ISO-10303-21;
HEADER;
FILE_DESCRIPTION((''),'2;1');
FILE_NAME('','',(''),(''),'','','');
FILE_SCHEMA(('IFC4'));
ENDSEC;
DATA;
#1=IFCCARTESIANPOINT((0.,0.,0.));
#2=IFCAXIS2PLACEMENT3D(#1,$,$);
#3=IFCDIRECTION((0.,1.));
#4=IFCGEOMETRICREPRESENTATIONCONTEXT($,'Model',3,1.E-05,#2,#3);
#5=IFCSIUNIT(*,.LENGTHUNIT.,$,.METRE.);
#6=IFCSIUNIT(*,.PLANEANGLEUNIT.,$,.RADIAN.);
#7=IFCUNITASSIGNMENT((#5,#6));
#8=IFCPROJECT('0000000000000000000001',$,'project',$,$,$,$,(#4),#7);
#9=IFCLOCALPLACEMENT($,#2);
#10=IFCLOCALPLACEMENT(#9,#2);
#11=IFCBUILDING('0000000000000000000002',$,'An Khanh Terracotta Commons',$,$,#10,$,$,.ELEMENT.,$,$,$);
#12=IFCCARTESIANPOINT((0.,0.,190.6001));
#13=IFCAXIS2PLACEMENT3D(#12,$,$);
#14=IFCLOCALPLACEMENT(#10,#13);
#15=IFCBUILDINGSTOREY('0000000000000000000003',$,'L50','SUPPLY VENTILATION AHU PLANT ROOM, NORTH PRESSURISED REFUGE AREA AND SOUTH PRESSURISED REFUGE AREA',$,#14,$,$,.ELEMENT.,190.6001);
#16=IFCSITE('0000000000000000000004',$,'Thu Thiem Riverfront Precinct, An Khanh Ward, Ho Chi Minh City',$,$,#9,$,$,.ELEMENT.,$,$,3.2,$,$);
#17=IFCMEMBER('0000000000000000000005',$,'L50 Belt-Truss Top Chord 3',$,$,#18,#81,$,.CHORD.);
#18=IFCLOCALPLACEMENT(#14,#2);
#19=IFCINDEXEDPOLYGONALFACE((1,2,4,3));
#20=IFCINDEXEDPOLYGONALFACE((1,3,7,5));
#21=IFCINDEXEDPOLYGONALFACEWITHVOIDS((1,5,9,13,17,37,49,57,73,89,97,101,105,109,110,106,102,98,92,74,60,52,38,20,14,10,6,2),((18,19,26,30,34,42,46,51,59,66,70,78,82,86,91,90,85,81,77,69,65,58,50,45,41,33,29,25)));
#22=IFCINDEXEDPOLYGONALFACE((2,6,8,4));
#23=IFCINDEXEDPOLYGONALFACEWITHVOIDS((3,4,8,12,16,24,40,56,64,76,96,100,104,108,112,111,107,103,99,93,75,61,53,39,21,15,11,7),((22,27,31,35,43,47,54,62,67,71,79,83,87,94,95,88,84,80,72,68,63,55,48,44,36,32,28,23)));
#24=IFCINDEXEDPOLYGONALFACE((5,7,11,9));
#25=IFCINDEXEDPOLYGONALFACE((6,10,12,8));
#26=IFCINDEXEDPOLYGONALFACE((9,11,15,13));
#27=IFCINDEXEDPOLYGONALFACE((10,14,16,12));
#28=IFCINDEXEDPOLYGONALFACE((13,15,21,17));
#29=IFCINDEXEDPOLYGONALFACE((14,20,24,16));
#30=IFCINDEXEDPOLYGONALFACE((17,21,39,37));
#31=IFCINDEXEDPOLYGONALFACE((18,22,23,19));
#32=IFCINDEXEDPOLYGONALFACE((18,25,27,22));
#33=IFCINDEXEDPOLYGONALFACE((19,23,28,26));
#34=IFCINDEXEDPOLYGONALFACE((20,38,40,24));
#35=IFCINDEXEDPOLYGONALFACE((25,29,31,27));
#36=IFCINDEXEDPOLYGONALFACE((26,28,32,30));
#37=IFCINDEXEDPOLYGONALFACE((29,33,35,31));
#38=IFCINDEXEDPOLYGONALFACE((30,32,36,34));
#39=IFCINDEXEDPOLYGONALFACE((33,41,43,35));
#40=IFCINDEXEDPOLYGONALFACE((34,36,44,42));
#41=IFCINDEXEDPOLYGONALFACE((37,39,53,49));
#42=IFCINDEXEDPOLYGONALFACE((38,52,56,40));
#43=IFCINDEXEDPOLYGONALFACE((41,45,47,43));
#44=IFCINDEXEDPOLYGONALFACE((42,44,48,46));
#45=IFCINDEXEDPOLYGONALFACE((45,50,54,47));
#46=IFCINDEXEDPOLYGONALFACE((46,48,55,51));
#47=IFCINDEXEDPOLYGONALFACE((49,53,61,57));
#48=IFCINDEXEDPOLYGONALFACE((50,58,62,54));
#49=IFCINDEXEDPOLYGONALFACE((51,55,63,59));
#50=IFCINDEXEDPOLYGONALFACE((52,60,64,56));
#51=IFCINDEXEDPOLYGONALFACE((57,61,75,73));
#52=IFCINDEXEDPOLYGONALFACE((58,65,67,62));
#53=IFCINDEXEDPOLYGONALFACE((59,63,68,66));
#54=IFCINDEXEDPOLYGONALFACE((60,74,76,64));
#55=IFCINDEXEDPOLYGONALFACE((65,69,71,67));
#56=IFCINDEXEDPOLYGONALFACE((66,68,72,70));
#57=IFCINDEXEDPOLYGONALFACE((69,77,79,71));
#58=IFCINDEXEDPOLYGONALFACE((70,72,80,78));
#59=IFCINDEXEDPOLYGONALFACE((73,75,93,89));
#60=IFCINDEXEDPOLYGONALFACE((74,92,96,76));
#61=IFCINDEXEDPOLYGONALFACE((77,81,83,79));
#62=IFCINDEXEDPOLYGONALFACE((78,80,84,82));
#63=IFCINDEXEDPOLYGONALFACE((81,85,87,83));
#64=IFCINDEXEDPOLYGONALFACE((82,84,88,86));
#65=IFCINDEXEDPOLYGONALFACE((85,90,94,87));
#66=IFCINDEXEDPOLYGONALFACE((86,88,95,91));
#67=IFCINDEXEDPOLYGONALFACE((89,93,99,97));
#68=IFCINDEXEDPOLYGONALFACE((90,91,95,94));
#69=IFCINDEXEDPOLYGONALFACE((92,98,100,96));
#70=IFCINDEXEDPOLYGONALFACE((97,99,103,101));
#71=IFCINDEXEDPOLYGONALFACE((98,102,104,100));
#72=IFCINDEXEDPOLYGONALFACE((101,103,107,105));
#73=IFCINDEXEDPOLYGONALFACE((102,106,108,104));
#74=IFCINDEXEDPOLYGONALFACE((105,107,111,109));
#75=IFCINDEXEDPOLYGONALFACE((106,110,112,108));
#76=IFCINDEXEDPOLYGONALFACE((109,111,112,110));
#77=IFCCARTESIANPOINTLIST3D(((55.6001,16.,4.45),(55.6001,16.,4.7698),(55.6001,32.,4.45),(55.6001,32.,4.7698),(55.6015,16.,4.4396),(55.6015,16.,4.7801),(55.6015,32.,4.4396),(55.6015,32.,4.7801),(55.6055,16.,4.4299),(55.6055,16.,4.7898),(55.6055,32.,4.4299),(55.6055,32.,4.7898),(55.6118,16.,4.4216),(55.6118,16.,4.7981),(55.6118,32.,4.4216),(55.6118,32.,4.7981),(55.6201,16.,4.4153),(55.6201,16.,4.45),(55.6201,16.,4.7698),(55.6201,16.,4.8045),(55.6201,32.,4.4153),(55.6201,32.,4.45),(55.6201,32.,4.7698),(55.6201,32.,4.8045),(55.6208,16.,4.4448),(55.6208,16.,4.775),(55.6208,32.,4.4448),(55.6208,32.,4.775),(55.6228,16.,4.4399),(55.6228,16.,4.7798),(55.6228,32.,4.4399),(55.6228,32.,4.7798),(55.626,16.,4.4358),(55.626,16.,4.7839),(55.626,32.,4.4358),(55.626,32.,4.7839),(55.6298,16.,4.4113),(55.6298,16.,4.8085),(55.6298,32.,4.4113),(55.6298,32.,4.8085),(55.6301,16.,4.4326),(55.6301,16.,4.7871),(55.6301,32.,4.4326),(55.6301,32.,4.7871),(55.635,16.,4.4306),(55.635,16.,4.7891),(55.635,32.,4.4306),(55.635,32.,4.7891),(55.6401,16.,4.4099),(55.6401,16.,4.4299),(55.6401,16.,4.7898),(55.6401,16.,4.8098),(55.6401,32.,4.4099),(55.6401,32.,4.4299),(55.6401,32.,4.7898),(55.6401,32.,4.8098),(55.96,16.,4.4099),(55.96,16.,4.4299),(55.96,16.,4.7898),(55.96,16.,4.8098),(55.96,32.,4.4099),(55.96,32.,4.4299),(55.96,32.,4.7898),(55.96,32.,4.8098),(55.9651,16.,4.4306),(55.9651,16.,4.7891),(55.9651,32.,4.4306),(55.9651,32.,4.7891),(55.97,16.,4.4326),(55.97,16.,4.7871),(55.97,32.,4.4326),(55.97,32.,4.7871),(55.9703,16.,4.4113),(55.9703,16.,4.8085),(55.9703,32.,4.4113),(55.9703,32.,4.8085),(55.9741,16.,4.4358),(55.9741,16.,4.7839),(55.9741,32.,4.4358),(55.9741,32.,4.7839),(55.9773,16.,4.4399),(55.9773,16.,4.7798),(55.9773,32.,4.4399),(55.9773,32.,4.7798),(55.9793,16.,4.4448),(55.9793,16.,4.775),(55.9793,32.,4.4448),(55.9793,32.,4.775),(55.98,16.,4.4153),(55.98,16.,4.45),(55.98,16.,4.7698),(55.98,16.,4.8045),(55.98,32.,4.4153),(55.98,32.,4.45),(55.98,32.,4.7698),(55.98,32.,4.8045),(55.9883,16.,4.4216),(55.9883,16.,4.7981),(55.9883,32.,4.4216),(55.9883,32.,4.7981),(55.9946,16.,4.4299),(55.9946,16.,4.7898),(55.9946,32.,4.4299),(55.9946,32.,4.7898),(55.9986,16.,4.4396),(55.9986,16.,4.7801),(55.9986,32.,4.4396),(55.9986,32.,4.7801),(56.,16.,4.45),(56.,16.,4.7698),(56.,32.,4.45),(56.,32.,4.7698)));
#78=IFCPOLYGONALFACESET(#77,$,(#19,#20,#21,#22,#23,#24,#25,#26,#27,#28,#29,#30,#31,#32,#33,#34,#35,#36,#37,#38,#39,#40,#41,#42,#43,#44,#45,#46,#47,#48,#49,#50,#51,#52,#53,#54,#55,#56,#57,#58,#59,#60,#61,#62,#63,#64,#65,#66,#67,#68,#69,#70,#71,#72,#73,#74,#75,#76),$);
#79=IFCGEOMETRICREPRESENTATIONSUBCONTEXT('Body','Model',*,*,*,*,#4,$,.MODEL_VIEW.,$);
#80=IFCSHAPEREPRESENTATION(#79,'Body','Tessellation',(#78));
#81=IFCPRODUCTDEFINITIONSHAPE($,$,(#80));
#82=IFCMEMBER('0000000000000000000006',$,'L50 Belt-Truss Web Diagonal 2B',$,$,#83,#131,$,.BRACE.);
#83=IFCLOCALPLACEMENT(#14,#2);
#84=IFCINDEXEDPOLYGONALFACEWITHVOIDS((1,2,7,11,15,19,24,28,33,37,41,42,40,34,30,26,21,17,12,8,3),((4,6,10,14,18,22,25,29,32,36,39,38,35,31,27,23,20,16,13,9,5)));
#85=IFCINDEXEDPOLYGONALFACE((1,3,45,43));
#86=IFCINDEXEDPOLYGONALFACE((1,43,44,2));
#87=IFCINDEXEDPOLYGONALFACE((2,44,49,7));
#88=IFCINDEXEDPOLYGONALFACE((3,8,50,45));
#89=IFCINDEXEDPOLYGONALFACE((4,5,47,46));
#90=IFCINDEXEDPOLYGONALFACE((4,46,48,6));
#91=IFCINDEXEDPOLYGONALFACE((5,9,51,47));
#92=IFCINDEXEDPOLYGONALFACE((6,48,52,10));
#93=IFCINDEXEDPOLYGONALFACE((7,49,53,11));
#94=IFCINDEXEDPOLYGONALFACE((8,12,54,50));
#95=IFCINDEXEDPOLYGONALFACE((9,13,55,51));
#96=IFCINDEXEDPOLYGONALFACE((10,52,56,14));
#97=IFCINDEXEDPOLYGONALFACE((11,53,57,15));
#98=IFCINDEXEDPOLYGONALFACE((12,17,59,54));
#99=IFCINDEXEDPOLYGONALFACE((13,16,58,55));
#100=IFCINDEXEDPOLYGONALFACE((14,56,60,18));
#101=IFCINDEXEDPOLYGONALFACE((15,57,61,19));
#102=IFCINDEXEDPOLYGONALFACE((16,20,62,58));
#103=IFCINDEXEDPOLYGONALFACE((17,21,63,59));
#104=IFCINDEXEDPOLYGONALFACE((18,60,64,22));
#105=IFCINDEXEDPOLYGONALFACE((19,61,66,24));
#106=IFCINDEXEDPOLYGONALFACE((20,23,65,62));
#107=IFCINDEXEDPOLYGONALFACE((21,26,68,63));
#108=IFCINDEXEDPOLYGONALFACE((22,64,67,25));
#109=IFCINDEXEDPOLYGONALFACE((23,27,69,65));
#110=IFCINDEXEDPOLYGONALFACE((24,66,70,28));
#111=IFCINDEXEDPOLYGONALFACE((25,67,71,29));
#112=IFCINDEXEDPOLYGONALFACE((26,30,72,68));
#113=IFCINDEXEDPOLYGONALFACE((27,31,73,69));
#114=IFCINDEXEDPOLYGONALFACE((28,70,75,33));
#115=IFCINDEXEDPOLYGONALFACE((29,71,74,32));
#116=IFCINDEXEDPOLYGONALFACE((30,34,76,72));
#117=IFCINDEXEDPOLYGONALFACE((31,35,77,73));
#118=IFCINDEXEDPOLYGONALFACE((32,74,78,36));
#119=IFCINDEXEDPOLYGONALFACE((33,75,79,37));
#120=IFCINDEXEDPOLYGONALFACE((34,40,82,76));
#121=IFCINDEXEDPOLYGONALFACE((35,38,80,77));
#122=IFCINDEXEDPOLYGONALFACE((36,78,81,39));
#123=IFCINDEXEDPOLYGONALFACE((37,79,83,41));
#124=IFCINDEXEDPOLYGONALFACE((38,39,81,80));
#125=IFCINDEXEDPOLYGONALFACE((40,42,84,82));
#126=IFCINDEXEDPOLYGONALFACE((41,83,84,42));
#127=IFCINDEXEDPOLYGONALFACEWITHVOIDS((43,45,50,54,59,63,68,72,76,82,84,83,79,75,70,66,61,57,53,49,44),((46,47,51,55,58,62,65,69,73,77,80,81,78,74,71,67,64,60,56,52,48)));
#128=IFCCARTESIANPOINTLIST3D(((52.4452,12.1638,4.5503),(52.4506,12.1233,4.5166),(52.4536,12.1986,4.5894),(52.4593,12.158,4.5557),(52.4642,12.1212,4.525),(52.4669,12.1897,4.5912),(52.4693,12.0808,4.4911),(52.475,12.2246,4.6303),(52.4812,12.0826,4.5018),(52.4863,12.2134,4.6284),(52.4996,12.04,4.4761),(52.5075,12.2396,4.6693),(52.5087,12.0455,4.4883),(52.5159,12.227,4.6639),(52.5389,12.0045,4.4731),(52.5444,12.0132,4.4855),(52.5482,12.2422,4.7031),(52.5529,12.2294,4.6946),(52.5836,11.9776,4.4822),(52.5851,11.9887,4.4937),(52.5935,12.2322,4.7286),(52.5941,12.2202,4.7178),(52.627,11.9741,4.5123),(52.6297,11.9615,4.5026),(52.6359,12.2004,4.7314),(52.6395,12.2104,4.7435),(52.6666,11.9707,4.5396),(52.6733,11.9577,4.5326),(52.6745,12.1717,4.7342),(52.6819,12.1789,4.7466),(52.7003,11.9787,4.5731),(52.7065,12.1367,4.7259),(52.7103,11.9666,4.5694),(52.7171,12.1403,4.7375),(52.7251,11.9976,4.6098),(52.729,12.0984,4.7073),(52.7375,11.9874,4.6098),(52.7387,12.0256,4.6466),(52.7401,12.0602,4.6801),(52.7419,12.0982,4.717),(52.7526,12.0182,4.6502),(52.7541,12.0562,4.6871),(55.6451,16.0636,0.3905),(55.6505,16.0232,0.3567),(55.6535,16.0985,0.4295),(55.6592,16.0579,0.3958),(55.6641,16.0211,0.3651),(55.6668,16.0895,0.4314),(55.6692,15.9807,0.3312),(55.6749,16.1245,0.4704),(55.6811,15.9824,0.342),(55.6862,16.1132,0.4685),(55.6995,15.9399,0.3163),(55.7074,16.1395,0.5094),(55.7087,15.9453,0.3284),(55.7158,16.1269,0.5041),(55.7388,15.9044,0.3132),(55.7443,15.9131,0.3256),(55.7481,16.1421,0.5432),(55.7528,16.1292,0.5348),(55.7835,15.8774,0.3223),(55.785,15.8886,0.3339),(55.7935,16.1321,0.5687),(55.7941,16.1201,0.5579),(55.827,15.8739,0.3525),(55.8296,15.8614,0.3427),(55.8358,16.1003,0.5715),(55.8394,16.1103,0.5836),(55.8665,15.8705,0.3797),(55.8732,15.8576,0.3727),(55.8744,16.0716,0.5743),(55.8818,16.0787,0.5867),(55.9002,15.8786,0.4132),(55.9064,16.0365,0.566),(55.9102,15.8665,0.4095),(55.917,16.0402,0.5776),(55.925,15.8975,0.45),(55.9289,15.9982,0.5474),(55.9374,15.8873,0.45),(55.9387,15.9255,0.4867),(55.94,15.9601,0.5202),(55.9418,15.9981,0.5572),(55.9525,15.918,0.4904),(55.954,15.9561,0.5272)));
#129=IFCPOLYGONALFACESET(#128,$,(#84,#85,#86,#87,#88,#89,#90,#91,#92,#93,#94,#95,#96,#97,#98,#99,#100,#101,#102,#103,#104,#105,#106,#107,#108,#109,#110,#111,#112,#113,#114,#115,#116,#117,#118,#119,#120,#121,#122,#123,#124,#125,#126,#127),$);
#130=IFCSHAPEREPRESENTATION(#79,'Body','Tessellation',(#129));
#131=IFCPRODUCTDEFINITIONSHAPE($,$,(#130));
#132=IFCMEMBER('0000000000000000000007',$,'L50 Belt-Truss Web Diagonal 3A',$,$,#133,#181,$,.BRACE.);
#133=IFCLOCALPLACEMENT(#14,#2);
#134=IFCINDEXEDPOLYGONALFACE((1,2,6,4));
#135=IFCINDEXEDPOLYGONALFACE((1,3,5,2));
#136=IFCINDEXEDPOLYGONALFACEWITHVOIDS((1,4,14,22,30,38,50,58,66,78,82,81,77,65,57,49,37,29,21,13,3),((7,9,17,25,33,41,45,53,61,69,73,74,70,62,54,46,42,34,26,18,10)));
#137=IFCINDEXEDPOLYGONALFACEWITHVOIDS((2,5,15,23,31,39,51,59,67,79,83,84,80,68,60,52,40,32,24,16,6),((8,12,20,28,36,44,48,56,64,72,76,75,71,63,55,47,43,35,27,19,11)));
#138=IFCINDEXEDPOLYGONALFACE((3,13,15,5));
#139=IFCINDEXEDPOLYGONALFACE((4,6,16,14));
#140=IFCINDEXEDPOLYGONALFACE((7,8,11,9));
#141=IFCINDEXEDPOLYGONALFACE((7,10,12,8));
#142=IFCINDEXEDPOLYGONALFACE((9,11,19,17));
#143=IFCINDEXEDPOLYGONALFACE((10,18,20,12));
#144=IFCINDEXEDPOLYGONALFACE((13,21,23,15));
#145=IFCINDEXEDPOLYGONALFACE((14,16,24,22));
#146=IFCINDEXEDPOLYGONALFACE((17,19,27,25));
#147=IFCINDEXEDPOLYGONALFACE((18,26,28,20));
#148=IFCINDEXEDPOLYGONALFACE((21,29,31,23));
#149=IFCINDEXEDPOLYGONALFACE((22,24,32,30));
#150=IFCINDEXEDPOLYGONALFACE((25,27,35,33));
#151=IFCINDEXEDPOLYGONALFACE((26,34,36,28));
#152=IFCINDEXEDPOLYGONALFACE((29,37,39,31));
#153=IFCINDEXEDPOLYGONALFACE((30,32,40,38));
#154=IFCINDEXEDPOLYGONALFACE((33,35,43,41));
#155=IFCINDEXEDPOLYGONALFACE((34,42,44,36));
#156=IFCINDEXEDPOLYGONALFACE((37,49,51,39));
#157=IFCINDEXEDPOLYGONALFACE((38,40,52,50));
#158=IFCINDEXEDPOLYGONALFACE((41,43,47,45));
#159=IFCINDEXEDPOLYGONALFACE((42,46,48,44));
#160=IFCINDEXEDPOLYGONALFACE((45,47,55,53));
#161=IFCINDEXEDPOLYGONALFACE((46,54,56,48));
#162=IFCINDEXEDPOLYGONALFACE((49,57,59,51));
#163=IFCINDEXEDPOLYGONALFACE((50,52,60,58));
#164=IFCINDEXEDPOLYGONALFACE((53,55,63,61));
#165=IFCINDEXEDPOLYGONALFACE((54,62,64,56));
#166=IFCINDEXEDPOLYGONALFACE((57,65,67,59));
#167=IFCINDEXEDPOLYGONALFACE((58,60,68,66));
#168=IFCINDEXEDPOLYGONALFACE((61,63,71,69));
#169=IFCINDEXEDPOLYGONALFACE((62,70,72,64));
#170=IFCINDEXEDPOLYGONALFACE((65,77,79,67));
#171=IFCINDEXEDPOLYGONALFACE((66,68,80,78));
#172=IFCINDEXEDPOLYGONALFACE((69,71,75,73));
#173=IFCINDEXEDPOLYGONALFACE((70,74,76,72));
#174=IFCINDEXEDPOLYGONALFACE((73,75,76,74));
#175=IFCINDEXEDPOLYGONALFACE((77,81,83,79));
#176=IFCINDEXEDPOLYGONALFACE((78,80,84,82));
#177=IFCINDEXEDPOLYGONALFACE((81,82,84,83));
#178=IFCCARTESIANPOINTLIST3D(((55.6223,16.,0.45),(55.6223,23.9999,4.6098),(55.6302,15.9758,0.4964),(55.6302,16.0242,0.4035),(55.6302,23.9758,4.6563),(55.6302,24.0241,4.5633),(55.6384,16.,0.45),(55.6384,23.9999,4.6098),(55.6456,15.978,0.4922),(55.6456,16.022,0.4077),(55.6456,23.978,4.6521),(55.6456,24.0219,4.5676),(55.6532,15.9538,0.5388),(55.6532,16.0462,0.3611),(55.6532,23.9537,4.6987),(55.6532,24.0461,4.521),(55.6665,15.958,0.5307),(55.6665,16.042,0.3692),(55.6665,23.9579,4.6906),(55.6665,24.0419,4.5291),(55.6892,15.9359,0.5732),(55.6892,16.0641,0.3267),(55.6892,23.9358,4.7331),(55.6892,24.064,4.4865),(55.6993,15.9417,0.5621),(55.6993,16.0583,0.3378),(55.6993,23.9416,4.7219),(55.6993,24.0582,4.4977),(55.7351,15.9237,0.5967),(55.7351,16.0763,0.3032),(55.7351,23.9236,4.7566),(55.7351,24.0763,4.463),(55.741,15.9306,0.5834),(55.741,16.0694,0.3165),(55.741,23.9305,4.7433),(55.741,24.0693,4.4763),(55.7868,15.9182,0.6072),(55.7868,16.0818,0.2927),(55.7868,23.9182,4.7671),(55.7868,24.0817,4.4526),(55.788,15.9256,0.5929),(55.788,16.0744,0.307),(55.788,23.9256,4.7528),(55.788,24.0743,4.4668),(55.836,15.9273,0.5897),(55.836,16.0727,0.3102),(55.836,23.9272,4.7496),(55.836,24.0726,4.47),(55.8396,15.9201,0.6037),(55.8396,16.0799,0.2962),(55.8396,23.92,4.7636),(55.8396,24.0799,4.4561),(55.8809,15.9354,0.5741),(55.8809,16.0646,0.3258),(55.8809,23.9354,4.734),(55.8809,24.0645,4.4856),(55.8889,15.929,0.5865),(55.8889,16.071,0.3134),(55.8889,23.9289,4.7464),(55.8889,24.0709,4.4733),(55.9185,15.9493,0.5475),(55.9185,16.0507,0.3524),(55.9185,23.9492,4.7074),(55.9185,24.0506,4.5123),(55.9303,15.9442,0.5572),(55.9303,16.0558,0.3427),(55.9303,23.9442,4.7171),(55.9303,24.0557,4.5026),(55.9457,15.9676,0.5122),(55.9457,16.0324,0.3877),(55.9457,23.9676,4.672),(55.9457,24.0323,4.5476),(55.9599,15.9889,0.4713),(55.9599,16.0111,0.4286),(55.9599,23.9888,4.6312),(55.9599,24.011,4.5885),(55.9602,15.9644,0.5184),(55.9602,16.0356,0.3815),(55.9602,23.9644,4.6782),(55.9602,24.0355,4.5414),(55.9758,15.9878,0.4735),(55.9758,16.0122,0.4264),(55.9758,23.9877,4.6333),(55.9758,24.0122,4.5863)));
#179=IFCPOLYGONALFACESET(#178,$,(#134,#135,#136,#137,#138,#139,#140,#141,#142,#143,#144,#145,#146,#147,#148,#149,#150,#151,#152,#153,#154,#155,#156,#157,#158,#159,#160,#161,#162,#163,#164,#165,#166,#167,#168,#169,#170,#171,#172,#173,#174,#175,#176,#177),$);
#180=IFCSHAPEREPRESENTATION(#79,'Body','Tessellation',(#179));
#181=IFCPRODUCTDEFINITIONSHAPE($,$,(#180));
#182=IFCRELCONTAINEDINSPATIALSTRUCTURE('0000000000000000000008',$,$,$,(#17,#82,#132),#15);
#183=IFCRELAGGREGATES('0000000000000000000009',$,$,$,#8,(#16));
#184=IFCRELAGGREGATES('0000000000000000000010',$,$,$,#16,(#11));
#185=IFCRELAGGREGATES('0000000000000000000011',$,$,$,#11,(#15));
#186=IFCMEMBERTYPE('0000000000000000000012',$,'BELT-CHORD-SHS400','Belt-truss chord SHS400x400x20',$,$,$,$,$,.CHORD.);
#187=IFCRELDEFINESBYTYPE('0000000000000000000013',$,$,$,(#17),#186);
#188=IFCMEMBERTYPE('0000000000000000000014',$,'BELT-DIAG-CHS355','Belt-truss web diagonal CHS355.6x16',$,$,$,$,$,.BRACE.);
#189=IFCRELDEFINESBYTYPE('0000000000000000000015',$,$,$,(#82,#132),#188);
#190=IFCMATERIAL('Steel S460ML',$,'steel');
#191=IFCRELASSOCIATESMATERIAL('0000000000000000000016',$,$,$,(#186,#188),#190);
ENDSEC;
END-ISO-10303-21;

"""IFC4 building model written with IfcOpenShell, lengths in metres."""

from ifc_helpers import new_model, si_unit, direction, frame, origin, origin_2d, place, context, subcontext, project, spatial, hollow_rectangle, hollow_circle, extrude, material, material_profile, profile_set, type_object, element, save


model = new_model("IFC4")

# Units and contexts
model_context = context("Model", 3, precision=1e-05, world=origin(), true_north=direction((0.0, 1.0)))
body_context = subcontext(model_context, "Body", "Model", "MODEL_VIEW")
ifc_project = project(units=[si_unit("LENGTHUNIT", "METRE"), si_unit("PLANEANGLEUNIT", "RADIAN")], contexts=[model_context])

# Site, building, storey
site_placement = place(None, origin())
site = spatial("IfcSite", under=ifc_project, at=site_placement, Name="Thu Thiem Riverfront Precinct, An Khanh Ward, Ho Chi Minh City", CompositionType="ELEMENT", RefElevation=3.2)
building_placement = place(site_placement, origin())
building = spatial("IfcBuilding", under=site, at=building_placement, Name="An Khanh Terracotta Commons", CompositionType="ELEMENT")
storey_placement = place(building_placement, frame((0.0, 0.0, 190.6001)))
storey = spatial("IfcBuildingStorey", under=building, at=storey_placement, Name="L50", Description="SUPPLY VENTILATION AHU PLANT ROOM, NORTH PRESSURISED REFUGE AREA AND SOUTH PRESSURISED REFUGE AREA", CompositionType="ELEMENT", Elevation=190.6001)

# Shared definitions
ifc_material_1 = material(Name="Steel S460ML", Category="steel")

# Members
ifc_material_profile_1 = material_profile(ifc_material_1, hollow_rectangle(XDim=0.3999, YDim=0.3999, WallThickness=0.02, InnerFilletRadius=0.02, OuterFilletRadius=0.04, at=origin_2d()), Name="SHS400x400x20")
ifc_profile_set_1 = profile_set([ifc_material_profile_1], Name="Steel S460ML")
member_type_1 = type_object("IfcMemberType", Name="BELT-CHORD-SHS400", Description="Belt-truss chord SHS400x400x20", PredefinedType="CHORD", material=ifc_profile_set_1)
for number, where, z_axis, x_axis, name in (
    (1, (55.8, 16.0, 4.6099), (0.0, 1.0, 0.0), (-1.0, 0.0, 0.0), "L50 Belt-Truss Top Chord 3"),
):
    element("IfcMember", number, at=place(storey_placement, frame(where, z_axis=z_axis, x_axis=x_axis)), inside=storey, type_object=member_type_1, Name=name, PredefinedType="CHORD", context=body_context, shape_type="SweptSolid", body=[
        extrude(hollow_rectangle(XDim=0.3999, YDim=0.3999, WallThickness=0.02, InnerFilletRadius=0.02, OuterFilletRadius=0.04, at=origin_2d()), origin(), (0.0, 0.0, 1.0), 16.0),
    ])
ifc_material_profile_2 = material_profile(ifc_material_1, hollow_circle(Radius=0.1777, WallThickness=0.0161, at=origin_2d()), Name="CHS355.6x16")
ifc_profile_set_2 = profile_set([ifc_material_profile_2], Name="Steel S460ML")
member_type_2 = type_object("IfcMemberType", Name="BELT-DIAG-CHS355", Description="Belt-truss web diagonal CHS355.6x16", PredefinedType="BRACE", material=ifc_profile_set_2)
member_1_placement = place(storey_placement, frame((55.8, 16.0, 0.45), z_axis=(-0.489391, -0.59644, 0.636205), x_axis=(0.77307, -0.63432, 0.0)))
element("IfcMember", 2, at=member_1_placement, inside=storey, type_object=member_type_2, Name="L50 Belt-Truss Web Diagonal 2B", PredefinedType="BRACE", context=body_context, shape_type="SweptSolid", body=[
    extrude(hollow_circle(Radius=0.1777, WallThickness=0.0161, at=origin_2d()), origin(), (0.0, 0.0, 1.0), 6.5386),
])
member_2_placement = place(storey_placement, frame((55.8, 16.0, 0.45), z_axis=(0.0, 0.887221, 0.461345), x_axis=(-1.0, 0.0, 0.0)))
element("IfcMember", 3, at=member_2_placement, inside=storey, type_object=member_type_2, Name="L50 Belt-Truss Web Diagonal 3A", PredefinedType="BRACE", context=body_context, shape_type="SweptSolid", body=[
    extrude(hollow_circle(Radius=0.1777, WallThickness=0.0161, at=origin_2d()), origin(), (0.0, 0.0, 1.0), 9.0168),
])

save(model, "model.ifc")
